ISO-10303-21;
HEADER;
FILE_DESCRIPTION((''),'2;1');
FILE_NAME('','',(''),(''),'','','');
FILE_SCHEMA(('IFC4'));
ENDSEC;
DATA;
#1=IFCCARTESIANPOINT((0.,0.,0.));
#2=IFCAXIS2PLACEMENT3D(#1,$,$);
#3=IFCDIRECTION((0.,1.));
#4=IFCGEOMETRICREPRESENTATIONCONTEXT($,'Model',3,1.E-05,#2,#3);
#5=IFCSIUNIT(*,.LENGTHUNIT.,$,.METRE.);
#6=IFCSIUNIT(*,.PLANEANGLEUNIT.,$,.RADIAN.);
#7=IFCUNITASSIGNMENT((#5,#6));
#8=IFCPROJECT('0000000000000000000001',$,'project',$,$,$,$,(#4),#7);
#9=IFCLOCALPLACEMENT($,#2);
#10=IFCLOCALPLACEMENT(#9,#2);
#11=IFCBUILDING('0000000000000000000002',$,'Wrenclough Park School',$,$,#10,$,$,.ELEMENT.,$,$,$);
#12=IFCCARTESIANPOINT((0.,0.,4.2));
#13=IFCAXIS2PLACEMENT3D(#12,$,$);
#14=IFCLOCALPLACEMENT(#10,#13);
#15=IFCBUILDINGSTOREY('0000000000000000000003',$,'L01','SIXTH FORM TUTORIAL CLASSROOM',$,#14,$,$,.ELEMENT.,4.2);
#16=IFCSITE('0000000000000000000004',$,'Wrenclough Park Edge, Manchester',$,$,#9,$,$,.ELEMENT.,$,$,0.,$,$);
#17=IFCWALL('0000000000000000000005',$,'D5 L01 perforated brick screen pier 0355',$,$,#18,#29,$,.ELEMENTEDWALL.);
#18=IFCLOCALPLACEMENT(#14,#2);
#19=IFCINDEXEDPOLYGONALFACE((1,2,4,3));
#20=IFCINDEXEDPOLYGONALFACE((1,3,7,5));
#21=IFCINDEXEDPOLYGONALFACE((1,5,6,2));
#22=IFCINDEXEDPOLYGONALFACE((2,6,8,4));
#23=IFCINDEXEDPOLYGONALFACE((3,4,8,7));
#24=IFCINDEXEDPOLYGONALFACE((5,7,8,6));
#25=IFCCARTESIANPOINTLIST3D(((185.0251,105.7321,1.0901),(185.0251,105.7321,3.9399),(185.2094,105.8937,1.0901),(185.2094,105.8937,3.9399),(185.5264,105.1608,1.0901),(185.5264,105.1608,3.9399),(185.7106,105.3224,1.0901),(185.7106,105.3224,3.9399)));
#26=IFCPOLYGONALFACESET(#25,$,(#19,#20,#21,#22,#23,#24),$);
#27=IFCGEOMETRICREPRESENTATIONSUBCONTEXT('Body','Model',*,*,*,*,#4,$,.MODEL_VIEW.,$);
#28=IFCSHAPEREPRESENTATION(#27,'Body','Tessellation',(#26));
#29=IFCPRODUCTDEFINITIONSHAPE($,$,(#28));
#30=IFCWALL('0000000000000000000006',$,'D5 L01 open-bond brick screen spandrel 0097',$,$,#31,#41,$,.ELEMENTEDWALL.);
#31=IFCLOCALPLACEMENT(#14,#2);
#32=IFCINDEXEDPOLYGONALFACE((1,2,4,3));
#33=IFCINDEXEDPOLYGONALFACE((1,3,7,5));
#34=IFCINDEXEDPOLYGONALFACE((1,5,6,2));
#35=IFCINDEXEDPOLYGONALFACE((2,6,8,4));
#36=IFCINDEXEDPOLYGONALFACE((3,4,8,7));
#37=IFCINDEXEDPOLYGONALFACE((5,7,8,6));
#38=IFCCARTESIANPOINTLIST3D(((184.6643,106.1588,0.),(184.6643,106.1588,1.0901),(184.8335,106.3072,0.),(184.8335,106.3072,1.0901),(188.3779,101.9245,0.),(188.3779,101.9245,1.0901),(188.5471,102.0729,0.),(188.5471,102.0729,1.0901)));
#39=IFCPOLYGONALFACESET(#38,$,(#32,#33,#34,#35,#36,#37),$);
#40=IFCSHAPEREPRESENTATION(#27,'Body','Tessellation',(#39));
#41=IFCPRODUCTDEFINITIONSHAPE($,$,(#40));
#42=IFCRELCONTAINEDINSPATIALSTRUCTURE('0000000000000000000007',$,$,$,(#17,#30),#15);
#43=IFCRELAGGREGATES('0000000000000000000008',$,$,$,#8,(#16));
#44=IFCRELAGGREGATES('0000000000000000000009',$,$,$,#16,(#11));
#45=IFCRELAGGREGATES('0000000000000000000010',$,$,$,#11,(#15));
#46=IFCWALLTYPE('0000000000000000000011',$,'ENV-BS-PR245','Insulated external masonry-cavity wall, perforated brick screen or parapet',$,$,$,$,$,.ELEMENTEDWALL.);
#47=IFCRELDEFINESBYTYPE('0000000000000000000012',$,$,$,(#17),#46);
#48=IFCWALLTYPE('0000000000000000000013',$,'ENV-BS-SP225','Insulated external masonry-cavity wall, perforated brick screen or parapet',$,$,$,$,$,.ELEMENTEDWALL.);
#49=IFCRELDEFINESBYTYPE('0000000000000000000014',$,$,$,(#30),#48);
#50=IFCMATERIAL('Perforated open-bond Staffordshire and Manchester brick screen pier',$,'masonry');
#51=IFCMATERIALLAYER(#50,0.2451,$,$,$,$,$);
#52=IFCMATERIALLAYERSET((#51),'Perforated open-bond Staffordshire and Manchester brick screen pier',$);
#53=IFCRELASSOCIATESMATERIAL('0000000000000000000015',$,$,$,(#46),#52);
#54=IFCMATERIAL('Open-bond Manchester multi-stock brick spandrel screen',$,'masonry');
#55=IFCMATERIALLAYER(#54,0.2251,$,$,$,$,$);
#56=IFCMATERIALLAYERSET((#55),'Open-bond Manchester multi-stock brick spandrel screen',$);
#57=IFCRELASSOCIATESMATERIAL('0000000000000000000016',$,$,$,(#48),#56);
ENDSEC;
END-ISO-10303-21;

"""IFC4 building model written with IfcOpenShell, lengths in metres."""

from ifc_helpers import new_model, si_unit, direction, frame, frame_2d, origin, place, context, subcontext, project, spatial, rectangle, extrude, material, layer, layer_set, type_object, element, save


model = new_model("IFC4")

# Units and contexts
model_context = context("Model", 3, precision=1e-05, world=origin(), true_north=direction((0.0, 1.0)))
body_context = subcontext(model_context, "Body", "Model", "MODEL_VIEW")
ifc_project = project(units=[si_unit("LENGTHUNIT", "METRE"), si_unit("PLANEANGLEUNIT", "RADIAN")], contexts=[model_context])

# Site, building, storey
site_placement = place(None, origin())
site = spatial("IfcSite", under=ifc_project, at=site_placement, Name="Wrenclough Park Edge, Manchester", CompositionType="ELEMENT", RefElevation=0.0)
building_placement = place(site_placement, origin())
building = spatial("IfcBuilding", under=site, at=building_placement, Name="Wrenclough Park School", CompositionType="ELEMENT")
storey_placement = place(building_placement, frame((0.0, 0.0, 4.2)))
storey = spatial("IfcBuildingStorey", under=building, at=storey_placement, Name="L01", Description="SIXTH FORM TUTORIAL CLASSROOM", CompositionType="ELEMENT", Elevation=4.2)

# Walls
ifc_material_1 = material(Name="Perforated open-bond Staffordshire and Manchester brick screen pier", Category="masonry")
ifc_layer_1 = layer(ifc_material_1, 0.2451)
ifc_layer_set_1 = layer_set([ifc_layer_1], Name="Perforated open-bond Staffordshire and Manchester brick screen pier")
wall_type_1 = type_object("IfcWallType", Name="ENV-BS-PR245", Description="Insulated external masonry-cavity wall, perforated brick screen or parapet", PredefinedType="ELEMENTEDWALL", material=ifc_layer_set_1)
wall_1_placement = place(storey_placement, frame((185.6184, 105.2417, 1.0901), z_axis=(0.0, 0.0, 1.0), x_axis=(-0.659505, 0.7517, 0.0)))
element("IfcWall", 1, at=wall_1_placement, inside=storey, type_object=wall_type_1, Name="D5 L01 perforated brick screen pier 0355", PredefinedType="ELEMENTEDWALL", context=body_context, shape_type="SweptSolid", body=[
    extrude(rectangle(XDim=0.76, YDim=0.2451, at=frame_2d((0.3799, 0.0))), origin(), (0.0, 0.0, 1.0), 2.8499),
])
ifc_material_2 = material(Name="Open-bond Manchester multi-stock brick spandrel screen", Category="masonry")
ifc_layer_2 = layer(ifc_material_2, 0.2251)
ifc_layer_set_2 = layer_set([ifc_layer_2], Name="Open-bond Manchester multi-stock brick spandrel screen")
wall_type_2 = type_object("IfcWallType", Name="ENV-BS-SP225", Description="Insulated external masonry-cavity wall, perforated brick screen or parapet", PredefinedType="ELEMENTEDWALL", material=ifc_layer_set_2)
wall_2_placement = place(storey_placement, frame((188.4624, 101.9988, 0.0), z_axis=(0.0, 0.0, 1.0), x_axis=(-0.659363, 0.751824, 0.0)))
element("IfcWall", 2, at=wall_2_placement, inside=storey, type_object=wall_type_2, Name="D5 L01 open-bond brick screen spandrel 0097", PredefinedType="ELEMENTEDWALL", context=body_context, shape_type="SweptSolid", body=[
    extrude(rectangle(XDim=5.6321, YDim=0.2251, at=frame_2d((2.8159, 0.0))), origin(), (0.0, 0.0, 1.0), 1.0901),
])

save(model, "model.ifc")
